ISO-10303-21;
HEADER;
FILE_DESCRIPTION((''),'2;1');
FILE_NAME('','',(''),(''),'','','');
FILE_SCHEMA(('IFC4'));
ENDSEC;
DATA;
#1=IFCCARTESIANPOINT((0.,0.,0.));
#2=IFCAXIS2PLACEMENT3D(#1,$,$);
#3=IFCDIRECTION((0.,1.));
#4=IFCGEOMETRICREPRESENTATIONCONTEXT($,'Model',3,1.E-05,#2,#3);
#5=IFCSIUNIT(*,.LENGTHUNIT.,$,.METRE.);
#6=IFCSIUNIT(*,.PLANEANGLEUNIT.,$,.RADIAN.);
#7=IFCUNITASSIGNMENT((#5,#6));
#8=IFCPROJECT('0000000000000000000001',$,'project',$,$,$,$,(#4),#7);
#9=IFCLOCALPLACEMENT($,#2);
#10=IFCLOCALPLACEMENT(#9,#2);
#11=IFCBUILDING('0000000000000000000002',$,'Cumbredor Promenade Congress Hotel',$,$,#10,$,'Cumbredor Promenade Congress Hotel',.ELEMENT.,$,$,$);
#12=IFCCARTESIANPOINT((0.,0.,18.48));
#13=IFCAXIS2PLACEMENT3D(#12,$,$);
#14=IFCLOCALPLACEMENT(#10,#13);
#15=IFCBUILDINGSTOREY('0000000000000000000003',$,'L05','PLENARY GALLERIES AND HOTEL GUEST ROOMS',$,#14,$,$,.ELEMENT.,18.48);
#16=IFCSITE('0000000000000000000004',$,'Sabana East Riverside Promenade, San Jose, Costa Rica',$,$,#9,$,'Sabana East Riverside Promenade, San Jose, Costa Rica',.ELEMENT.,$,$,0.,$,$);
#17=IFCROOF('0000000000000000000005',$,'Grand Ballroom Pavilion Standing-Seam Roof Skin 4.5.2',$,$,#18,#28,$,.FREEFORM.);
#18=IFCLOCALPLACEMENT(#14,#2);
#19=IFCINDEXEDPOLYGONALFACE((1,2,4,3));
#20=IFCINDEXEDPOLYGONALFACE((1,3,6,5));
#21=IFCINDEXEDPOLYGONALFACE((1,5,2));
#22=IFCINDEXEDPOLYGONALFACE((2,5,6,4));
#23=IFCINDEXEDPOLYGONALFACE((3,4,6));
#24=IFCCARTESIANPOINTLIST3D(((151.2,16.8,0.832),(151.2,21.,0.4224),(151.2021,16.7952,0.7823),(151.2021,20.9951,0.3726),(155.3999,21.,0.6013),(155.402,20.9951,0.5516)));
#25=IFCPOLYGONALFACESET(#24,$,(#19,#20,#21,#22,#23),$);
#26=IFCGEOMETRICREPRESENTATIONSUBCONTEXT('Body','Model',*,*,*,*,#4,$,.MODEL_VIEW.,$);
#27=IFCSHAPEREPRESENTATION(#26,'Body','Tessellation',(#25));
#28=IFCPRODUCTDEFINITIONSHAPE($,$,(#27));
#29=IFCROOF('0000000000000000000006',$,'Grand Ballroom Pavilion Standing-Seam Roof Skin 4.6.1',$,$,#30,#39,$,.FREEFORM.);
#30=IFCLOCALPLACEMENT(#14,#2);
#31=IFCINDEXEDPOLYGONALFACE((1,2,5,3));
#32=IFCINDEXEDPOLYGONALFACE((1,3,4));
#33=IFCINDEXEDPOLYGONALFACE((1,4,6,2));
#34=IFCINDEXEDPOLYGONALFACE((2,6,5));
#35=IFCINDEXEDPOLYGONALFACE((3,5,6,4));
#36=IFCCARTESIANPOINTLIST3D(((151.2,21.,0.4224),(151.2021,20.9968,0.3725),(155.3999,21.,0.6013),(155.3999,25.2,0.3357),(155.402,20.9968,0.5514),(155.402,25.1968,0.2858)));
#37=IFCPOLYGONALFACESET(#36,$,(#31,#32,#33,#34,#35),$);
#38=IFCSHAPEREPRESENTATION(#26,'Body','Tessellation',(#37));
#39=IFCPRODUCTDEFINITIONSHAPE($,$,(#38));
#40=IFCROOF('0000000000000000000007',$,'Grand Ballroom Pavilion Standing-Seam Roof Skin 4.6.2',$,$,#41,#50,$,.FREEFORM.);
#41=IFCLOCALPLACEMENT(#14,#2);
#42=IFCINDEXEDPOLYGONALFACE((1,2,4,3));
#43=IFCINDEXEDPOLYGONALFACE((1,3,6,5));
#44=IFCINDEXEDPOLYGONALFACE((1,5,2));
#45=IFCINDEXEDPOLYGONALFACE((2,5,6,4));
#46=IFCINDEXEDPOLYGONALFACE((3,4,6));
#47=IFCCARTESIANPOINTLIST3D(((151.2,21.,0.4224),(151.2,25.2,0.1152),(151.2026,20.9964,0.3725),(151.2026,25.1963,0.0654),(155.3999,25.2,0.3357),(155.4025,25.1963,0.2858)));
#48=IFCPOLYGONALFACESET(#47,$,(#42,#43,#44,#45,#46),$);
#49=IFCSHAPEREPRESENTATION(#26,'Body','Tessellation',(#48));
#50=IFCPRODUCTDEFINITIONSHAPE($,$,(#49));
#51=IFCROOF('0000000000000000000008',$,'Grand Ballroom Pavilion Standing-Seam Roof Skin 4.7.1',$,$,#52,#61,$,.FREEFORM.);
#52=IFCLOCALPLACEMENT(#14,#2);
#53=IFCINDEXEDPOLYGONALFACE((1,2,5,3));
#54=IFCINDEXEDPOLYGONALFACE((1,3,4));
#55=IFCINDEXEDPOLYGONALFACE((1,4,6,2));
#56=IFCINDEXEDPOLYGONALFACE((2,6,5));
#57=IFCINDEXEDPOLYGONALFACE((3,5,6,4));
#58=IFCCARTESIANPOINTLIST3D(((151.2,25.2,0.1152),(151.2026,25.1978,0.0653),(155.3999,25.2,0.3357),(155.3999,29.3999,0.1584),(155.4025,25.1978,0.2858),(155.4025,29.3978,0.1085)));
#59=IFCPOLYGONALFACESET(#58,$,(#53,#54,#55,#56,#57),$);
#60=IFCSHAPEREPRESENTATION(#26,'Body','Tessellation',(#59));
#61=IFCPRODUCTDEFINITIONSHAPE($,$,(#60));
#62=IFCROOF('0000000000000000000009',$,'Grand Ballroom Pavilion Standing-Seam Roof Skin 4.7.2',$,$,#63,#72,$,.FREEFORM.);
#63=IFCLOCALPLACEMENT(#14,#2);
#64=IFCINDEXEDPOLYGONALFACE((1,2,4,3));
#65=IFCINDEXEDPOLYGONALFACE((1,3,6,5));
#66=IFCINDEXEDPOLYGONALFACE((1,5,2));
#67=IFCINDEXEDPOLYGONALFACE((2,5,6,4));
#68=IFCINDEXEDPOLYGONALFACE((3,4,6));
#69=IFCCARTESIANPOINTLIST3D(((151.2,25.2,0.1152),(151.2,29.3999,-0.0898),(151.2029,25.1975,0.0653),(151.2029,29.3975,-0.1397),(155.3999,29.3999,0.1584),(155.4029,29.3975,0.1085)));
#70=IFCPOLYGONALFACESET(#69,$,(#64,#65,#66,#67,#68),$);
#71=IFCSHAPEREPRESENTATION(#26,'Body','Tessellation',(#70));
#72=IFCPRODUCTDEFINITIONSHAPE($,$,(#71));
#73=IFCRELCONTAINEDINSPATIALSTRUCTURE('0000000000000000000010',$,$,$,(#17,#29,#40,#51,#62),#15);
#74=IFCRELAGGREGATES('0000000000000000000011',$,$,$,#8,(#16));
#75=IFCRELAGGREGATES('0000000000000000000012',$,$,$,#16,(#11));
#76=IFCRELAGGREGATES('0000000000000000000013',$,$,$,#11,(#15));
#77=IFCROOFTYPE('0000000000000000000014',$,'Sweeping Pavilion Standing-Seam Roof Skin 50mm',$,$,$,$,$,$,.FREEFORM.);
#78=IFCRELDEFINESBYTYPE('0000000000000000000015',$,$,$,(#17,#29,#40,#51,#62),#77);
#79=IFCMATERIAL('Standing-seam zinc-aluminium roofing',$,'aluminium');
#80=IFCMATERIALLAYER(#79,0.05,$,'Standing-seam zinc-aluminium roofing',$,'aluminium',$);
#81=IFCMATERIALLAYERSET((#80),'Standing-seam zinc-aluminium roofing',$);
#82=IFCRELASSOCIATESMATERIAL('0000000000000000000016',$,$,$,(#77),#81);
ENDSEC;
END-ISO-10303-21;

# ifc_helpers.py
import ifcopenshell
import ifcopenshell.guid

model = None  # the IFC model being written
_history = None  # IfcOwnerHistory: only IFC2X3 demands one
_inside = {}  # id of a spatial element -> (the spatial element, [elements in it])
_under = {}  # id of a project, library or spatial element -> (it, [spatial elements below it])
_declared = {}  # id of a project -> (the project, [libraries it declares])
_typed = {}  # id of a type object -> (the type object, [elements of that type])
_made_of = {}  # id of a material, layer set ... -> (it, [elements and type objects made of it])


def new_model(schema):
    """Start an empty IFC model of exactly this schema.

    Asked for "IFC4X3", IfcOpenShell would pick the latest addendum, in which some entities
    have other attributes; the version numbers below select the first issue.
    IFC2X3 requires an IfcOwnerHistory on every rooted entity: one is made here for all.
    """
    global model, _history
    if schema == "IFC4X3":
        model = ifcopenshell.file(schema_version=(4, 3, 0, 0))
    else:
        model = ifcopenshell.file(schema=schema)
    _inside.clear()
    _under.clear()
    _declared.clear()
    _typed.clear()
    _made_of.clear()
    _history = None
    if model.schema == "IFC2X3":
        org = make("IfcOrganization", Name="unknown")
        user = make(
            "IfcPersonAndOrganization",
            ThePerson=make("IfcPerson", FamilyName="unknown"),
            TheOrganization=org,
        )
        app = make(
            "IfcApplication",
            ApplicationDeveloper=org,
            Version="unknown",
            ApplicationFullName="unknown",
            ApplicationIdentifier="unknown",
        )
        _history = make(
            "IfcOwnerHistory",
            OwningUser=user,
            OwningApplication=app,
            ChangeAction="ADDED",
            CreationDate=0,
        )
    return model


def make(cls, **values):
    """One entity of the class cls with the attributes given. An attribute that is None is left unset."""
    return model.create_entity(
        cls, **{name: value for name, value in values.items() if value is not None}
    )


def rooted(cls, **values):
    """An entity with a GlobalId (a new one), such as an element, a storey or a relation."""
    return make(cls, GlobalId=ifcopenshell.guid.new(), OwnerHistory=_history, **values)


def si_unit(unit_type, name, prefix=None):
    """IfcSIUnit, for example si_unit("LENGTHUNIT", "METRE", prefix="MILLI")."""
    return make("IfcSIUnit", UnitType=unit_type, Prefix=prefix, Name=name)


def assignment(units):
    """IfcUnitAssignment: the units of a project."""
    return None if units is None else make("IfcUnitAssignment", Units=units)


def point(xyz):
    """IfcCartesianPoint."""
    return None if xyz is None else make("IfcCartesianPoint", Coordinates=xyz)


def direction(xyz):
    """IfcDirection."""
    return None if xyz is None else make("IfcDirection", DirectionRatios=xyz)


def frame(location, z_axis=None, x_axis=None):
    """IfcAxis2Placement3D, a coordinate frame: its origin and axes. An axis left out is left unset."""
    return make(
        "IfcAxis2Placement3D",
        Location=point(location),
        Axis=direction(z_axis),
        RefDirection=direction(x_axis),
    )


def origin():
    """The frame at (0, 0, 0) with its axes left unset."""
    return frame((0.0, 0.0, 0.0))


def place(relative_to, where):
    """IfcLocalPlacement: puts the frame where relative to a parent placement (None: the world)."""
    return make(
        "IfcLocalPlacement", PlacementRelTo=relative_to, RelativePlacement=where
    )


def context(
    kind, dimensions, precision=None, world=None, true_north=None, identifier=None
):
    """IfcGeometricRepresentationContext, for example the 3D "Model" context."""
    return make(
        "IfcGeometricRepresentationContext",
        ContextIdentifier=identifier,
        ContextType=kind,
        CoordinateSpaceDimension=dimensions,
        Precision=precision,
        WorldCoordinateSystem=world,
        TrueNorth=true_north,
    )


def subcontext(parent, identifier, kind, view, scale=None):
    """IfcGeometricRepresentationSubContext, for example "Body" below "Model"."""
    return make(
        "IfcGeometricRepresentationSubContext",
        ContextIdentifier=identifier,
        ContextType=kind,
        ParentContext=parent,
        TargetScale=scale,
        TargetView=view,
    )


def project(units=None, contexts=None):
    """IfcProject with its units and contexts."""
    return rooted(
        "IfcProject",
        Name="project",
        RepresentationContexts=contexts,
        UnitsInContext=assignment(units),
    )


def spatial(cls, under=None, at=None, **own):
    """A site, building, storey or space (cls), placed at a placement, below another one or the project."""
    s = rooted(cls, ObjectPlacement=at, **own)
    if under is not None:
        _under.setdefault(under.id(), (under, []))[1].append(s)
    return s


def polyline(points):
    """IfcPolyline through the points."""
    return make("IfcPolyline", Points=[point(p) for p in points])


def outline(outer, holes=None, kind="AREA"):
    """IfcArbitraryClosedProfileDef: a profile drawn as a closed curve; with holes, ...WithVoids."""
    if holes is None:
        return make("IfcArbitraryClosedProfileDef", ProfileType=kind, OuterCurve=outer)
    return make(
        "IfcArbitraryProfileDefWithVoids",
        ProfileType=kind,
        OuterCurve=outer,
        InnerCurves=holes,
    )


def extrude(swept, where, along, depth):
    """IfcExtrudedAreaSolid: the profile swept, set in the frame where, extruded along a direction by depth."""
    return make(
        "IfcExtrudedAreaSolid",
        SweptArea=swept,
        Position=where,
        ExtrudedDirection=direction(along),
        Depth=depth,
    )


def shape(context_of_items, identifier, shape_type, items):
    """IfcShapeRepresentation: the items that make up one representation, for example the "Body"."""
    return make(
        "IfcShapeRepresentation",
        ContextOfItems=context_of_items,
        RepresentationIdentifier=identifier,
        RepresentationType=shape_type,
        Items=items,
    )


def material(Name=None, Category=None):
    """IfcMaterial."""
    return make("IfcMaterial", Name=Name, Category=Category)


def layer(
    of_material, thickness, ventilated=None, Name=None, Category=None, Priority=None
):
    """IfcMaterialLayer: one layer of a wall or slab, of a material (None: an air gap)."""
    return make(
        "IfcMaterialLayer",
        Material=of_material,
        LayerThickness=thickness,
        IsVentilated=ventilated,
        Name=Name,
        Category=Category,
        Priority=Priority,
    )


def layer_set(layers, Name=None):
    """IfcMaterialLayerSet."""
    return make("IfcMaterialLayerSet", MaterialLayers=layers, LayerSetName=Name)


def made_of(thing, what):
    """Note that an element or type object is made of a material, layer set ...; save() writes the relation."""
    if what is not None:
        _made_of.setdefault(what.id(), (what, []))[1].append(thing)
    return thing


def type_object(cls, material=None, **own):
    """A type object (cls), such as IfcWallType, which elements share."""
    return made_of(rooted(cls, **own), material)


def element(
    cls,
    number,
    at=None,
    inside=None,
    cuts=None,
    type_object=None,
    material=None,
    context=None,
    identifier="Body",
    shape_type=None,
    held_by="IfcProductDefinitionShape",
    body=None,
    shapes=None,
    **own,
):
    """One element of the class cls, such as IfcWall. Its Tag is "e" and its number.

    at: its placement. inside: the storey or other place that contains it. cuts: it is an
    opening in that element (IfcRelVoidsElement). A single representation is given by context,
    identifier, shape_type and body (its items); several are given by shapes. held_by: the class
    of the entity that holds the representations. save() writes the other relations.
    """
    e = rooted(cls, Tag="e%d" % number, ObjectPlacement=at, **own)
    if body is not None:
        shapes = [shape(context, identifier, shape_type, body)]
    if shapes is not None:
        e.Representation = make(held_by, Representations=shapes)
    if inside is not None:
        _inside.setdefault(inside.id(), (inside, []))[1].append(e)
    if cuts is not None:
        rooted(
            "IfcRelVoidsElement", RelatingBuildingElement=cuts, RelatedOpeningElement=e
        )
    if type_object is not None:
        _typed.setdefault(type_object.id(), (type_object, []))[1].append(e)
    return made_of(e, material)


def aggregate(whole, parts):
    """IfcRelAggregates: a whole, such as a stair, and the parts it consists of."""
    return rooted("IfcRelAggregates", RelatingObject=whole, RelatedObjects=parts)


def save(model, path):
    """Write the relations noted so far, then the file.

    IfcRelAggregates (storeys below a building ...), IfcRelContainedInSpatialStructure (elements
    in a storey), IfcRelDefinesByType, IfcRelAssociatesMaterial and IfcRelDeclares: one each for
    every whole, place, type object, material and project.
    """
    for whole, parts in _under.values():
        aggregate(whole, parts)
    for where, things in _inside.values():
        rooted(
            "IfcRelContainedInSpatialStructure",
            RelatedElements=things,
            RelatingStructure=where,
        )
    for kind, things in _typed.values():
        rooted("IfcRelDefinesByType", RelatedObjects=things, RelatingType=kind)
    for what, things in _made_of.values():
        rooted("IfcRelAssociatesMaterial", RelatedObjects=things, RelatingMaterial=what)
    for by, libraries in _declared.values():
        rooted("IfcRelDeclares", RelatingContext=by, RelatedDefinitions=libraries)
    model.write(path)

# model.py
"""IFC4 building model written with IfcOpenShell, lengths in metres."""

from ifc_helpers import new_model, si_unit, direction, frame, origin, place, context, subcontext, project, spatial, polyline, outline, extrude, material, layer, layer_set, type_object, element, save


model = new_model("IFC4")

# Units and contexts
model_context = context("Model", 3, precision=1e-05, world=origin(), true_north=direction((0.0, 1.0)))
body_context = subcontext(model_context, "Body", "Model", "MODEL_VIEW")
ifc_project = project(units=[si_unit("LENGTHUNIT", "METRE"), si_unit("PLANEANGLEUNIT", "RADIAN")], contexts=[model_context])

# Site, building, storey
site_placement = place(None, origin())
site = spatial("IfcSite", under=ifc_project, at=site_placement, Name="Sabana East Riverside Promenade, San Jose, Costa Rica", LongName="Sabana East Riverside Promenade, San Jose, Costa Rica", CompositionType="ELEMENT", RefElevation=0.0)
building_placement = place(site_placement, origin())
building = spatial("IfcBuilding", under=site, at=building_placement, Name="Cumbredor Promenade Congress Hotel", LongName="Cumbredor Promenade Congress Hotel", CompositionType="ELEMENT")
storey_placement = place(building_placement, frame((0.0, 0.0, 18.48)))
storey = spatial("IfcBuildingStorey", under=building, at=storey_placement, Name="L05", Description="PLENARY GALLERIES AND HOTEL GUEST ROOMS", CompositionType="ELEMENT", Elevation=18.48)

# Roofs
ifc_material_1 = material(Name="Standing-seam zinc-aluminium roofing", Category="aluminium")
ifc_layer_1 = layer(ifc_material_1, 0.05, Name="Standing-seam zinc-aluminium roofing", Category="aluminium")
ifc_layer_set_1 = layer_set([ifc_layer_1], Name="Standing-seam zinc-aluminium roofing")
roof_type = type_object("IfcRoofType", Name="Sweeping Pavilion Standing-Seam Roof Skin 50mm", PredefinedType="FREEFORM", material=ifc_layer_set_1)
roof_1_placement = place(storey_placement, frame((151.2, 16.8, 0.832), z_axis=(-0.04237, 0.096993, 0.994383), x_axis=(0.706574, 0.706574, -0.038814)))
element("IfcRoof", 1, at=roof_1_placement, inside=storey, type_object=roof_type, Name="Grand Ballroom Pavilion Standing-Seam Roof Skin 4.5.2", PredefinedType="FREEFORM", context=body_context, shape_type="SweptSolid", body=[
    extrude(outline(polyline([(0.0, 0.0), (5.9441, 0.0), (2.9835, 2.9843), (0.0, 0.0)])), origin(), (0.0, 0.0, -1.0), 0.05),
])
roof_2_placement = place(storey_placement, frame((151.2, 21.0, 0.4224), z_axis=(-0.042485, 0.063062, 0.997105), x_axis=(0.999093, 0.0, 0.04257)))
element("IfcRoof", 2, at=roof_2_placement, inside=storey, type_object=roof_type, Name="Grand Ballroom Pavilion Standing-Seam Roof Skin 4.6.1", PredefinedType="FREEFORM", context=body_context, shape_type="SweptSolid", body=[
    extrude(outline(polyline([(0.0, 0.0), (4.2038, 0.0), (4.1925, 4.2083), (0.0, 0.0)])), origin(), (0.0, 0.0, -1.0), 0.05),
])
roof_3_placement = place(storey_placement, frame((151.2, 21.0, 0.4224), z_axis=(-0.052279, 0.072832, 0.995973), x_axis=(0.707032, 0.707032, -0.01459)))
element("IfcRoof", 3, at=roof_3_placement, inside=storey, type_object=roof_type, Name="Grand Ballroom Pavilion Standing-Seam Roof Skin 4.6.2", PredefinedType="FREEFORM", context=body_context, shape_type="SweptSolid", body=[
    extrude(outline(polyline([(0.0, 0.0), (5.9403, 0.0), (2.974, 2.9815), (0.0, 0.0)])), origin(), (0.0, 0.0, -1.0), 0.05),
])
roof_4_placement = place(storey_placement, frame((151.2, 25.2, 0.1152), z_axis=(-0.052372, 0.042107, 0.99774), x_axis=(0.998625, 0.0, 0.052419)))
element("IfcRoof", 4, at=roof_4_placement, inside=storey, type_object=roof_type, Name="Grand Ballroom Pavilion Standing-Seam Roof Skin 4.7.1", PredefinedType="FREEFORM", context=body_context, shape_type="SweptSolid", body=[
    extrude(outline(polyline([(0.0, 0.0), (4.2057, 0.0), (4.1964, 4.2037), (0.0, 0.0)])), origin(), (0.0, 0.0, -1.0), 0.05),
])
roof_5_placement = place(storey_placement, frame((151.2, 25.2, 0.1152), z_axis=(-0.058945, 0.048686, 0.997073), x_axis=(0.707088, 0.707088, 0.007275)))
element("IfcRoof", 5, at=roof_5_placement, inside=storey, type_object=roof_type, Name="Grand Ballroom Pavilion Standing-Seam Roof Skin 4.7.2", PredefinedType="FREEFORM", context=body_context, shape_type="SweptSolid", body=[
    extrude(outline(polyline([(0.0, 0.0), (5.9398, 0.0), (2.9682, 2.9785), (0.0, 0.0)])), origin(), (0.0, 0.0, -1.0), 0.05),
])

save(model, "model.ifc")
